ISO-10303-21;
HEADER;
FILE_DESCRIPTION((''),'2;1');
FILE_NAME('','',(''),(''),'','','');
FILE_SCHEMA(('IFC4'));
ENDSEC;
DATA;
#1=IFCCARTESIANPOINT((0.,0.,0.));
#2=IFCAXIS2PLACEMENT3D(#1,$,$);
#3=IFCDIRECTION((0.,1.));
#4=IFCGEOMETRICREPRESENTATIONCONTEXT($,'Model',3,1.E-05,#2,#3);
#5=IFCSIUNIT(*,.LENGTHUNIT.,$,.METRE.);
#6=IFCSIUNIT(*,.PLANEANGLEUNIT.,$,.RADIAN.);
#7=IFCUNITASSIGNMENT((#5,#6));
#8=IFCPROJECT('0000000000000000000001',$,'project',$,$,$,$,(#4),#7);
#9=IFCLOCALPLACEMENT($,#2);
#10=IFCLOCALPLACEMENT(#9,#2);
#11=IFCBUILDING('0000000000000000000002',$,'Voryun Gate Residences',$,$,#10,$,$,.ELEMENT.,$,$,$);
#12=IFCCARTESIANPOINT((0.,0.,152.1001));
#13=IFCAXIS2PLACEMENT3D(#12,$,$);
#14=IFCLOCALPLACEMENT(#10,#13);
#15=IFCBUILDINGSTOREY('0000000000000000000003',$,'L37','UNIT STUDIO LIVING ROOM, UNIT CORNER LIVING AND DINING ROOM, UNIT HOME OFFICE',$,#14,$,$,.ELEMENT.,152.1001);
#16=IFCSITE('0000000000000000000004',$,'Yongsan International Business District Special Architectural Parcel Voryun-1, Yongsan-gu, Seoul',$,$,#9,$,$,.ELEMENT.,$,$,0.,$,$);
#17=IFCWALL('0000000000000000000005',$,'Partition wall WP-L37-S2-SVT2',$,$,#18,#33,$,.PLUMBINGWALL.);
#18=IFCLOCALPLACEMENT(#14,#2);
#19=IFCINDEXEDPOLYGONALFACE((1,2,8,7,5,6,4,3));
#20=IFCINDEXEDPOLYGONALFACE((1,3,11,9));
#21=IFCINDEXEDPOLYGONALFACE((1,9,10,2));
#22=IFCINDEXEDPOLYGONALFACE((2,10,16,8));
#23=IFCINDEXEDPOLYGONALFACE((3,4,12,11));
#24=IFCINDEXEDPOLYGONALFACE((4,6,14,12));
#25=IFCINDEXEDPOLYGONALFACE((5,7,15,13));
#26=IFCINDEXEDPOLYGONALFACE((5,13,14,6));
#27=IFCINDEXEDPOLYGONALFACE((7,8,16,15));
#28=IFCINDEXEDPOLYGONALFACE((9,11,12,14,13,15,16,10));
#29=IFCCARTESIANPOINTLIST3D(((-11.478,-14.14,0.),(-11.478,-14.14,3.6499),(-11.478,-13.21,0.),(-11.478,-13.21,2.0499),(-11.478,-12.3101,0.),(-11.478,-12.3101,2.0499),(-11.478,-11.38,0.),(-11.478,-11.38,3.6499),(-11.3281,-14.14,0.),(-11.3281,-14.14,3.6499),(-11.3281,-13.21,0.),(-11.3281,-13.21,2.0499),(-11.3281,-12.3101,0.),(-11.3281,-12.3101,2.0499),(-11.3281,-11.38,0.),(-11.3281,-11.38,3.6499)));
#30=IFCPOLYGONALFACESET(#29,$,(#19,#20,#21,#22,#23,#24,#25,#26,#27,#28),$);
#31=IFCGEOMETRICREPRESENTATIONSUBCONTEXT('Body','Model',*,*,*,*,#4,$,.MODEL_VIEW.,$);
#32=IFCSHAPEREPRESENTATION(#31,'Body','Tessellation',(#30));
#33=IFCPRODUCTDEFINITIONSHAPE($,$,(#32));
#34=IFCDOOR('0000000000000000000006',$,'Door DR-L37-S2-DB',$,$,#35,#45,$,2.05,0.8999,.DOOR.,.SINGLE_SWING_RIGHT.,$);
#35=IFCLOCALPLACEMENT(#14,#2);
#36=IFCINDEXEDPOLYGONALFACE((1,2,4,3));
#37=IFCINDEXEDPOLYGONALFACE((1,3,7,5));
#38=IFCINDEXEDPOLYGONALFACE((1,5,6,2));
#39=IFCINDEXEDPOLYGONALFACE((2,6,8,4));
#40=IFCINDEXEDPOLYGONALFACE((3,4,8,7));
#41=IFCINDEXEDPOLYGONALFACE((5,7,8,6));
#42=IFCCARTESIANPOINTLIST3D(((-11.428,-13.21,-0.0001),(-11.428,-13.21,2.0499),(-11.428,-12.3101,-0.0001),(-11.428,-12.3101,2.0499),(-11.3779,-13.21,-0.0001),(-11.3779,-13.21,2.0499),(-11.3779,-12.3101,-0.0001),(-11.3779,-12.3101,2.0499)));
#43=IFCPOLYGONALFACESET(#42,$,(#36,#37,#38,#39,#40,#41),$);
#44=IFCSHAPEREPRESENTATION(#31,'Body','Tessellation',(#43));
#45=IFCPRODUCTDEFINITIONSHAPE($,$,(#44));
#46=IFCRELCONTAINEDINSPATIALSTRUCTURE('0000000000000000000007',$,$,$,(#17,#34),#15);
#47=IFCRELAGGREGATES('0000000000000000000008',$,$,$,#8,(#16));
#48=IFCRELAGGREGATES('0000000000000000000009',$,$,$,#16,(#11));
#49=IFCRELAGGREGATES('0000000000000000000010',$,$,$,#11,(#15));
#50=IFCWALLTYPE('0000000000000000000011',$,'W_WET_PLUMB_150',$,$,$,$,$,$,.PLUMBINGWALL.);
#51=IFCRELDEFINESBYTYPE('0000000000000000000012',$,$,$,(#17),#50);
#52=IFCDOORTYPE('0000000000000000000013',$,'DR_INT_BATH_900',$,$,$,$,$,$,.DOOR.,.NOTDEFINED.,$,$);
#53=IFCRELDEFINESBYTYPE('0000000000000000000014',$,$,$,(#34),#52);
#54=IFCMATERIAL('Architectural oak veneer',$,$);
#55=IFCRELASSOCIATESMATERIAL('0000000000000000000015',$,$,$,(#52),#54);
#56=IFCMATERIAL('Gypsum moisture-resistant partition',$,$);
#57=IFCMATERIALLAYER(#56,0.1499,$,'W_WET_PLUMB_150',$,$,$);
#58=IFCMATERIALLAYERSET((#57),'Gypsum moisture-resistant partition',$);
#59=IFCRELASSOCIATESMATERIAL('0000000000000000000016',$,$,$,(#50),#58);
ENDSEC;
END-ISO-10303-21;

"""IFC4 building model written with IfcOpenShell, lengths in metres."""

from ifc_helpers import new_model, si_unit, direction, frame, frame_2d, origin, place, context, subcontext, project, spatial, rectangle, extrude, material, layer, layer_set, type_object, element, fill, save


model = new_model("IFC4")

# Units and contexts
model_context = context("Model", 3, precision=1e-05, world=origin(), true_north=direction((0.0, 1.0)))
body_context = subcontext(model_context, "Body", "Model", "MODEL_VIEW")
ifc_project = project(units=[si_unit("LENGTHUNIT", "METRE"), si_unit("PLANEANGLEUNIT", "RADIAN")], contexts=[model_context])

# Site, building, storey
site_placement = place(None, origin())
site = spatial("IfcSite", under=ifc_project, at=site_placement, Name="Yongsan International Business District Special Architectural Parcel Voryun-1, Yongsan-gu, Seoul", CompositionType="ELEMENT", RefElevation=0.0)
building_placement = place(site_placement, origin())
building = spatial("IfcBuilding", under=site, at=building_placement, Name="Voryun Gate Residences", CompositionType="ELEMENT")
storey_placement = place(building_placement, frame((0.0, 0.0, 152.1001)))
storey = spatial("IfcBuildingStorey", under=building, at=storey_placement, Name="L37", Description="UNIT STUDIO LIVING ROOM, UNIT CORNER LIVING AND DINING ROOM, UNIT HOME OFFICE", CompositionType="ELEMENT", Elevation=152.1001)

# Shared definitions
ifc_material_1 = material(Name="Architectural oak veneer")
door_type_1 = type_object("IfcDoorType", Name="DR_INT_BATH_900", OperationType="NOTDEFINED", PredefinedType="DOOR", material=ifc_material_1)

# Shared definitions
ifc_material_2 = material(Name="Gypsum moisture-resistant partition")
ifc_layer_1 = layer(ifc_material_2, 0.1499, Name="W_WET_PLUMB_150")
ifc_layer_set_1 = layer_set([ifc_layer_1], Name="Gypsum moisture-resistant partition")
wall_type_1 = type_object("IfcWallType", Name="W_WET_PLUMB_150", PredefinedType="PLUMBINGWALL", material=ifc_layer_set_1)

# Wall, opening, door
wall_1_placement = place(storey_placement, frame((-11.4031, -14.1399, 0.0), z_axis=(0.0, 0.0, 1.0), x_axis=(0.0, 1.0, 0.0)))
wall_1 = element("IfcWall", 1, at=wall_1_placement, inside=storey, type_object=wall_type_1, Name="Partition wall WP-L37-S2-SVT2", PredefinedType="PLUMBINGWALL", context=body_context, shape_type="SweptSolid", body=[
    extrude(rectangle(XDim=2.76, YDim=0.1499, at=frame_2d((1.3799, 0.0))), origin(), (0.0, 0.0, 1.0), 3.6499),
])
opening_1_placement = place(wall_1_placement, frame((0.9299, 0.0, 0.0)))
opening_1 = element("IfcOpeningElement", 2, at=opening_1_placement, cuts=wall_1, PredefinedType="OPENING", context=body_context, shape_type="SweptSolid", body=[
    extrude(rectangle(XDim=0.8999, YDim=2.05, at=frame_2d((0.45, 1.0249))), frame((0.0, 0.085, 0.0), z_axis=(0.0, -1.0, 0.0), x_axis=(1.0, 0.0, 0.0)), (0.0, 0.0, 1.0), 0.1699),
])
door_1_placement = place(opening_1_placement, origin())
door_1 = element("IfcDoor", 3, at=door_1_placement, inside=storey, type_object=door_type_1, Name="Door DR-L37-S2-DB", OperationType="SINGLE_SWING_RIGHT", OverallHeight=2.05, OverallWidth=0.8999, PredefinedType="DOOR", context=body_context, shape_type="SweptSolid", body=[
    extrude(rectangle(XDim=0.8999, YDim=2.05, at=frame_2d((0.45, 1.0249))), frame((0.0, 0.0249, 0.0), z_axis=(0.0, -1.0, 0.0), x_axis=(1.0, 0.0, 0.0)), (0.0, 0.0, 1.0), 0.05),
])
fill(opening_1, door_1)

save(model, "model.ifc")
